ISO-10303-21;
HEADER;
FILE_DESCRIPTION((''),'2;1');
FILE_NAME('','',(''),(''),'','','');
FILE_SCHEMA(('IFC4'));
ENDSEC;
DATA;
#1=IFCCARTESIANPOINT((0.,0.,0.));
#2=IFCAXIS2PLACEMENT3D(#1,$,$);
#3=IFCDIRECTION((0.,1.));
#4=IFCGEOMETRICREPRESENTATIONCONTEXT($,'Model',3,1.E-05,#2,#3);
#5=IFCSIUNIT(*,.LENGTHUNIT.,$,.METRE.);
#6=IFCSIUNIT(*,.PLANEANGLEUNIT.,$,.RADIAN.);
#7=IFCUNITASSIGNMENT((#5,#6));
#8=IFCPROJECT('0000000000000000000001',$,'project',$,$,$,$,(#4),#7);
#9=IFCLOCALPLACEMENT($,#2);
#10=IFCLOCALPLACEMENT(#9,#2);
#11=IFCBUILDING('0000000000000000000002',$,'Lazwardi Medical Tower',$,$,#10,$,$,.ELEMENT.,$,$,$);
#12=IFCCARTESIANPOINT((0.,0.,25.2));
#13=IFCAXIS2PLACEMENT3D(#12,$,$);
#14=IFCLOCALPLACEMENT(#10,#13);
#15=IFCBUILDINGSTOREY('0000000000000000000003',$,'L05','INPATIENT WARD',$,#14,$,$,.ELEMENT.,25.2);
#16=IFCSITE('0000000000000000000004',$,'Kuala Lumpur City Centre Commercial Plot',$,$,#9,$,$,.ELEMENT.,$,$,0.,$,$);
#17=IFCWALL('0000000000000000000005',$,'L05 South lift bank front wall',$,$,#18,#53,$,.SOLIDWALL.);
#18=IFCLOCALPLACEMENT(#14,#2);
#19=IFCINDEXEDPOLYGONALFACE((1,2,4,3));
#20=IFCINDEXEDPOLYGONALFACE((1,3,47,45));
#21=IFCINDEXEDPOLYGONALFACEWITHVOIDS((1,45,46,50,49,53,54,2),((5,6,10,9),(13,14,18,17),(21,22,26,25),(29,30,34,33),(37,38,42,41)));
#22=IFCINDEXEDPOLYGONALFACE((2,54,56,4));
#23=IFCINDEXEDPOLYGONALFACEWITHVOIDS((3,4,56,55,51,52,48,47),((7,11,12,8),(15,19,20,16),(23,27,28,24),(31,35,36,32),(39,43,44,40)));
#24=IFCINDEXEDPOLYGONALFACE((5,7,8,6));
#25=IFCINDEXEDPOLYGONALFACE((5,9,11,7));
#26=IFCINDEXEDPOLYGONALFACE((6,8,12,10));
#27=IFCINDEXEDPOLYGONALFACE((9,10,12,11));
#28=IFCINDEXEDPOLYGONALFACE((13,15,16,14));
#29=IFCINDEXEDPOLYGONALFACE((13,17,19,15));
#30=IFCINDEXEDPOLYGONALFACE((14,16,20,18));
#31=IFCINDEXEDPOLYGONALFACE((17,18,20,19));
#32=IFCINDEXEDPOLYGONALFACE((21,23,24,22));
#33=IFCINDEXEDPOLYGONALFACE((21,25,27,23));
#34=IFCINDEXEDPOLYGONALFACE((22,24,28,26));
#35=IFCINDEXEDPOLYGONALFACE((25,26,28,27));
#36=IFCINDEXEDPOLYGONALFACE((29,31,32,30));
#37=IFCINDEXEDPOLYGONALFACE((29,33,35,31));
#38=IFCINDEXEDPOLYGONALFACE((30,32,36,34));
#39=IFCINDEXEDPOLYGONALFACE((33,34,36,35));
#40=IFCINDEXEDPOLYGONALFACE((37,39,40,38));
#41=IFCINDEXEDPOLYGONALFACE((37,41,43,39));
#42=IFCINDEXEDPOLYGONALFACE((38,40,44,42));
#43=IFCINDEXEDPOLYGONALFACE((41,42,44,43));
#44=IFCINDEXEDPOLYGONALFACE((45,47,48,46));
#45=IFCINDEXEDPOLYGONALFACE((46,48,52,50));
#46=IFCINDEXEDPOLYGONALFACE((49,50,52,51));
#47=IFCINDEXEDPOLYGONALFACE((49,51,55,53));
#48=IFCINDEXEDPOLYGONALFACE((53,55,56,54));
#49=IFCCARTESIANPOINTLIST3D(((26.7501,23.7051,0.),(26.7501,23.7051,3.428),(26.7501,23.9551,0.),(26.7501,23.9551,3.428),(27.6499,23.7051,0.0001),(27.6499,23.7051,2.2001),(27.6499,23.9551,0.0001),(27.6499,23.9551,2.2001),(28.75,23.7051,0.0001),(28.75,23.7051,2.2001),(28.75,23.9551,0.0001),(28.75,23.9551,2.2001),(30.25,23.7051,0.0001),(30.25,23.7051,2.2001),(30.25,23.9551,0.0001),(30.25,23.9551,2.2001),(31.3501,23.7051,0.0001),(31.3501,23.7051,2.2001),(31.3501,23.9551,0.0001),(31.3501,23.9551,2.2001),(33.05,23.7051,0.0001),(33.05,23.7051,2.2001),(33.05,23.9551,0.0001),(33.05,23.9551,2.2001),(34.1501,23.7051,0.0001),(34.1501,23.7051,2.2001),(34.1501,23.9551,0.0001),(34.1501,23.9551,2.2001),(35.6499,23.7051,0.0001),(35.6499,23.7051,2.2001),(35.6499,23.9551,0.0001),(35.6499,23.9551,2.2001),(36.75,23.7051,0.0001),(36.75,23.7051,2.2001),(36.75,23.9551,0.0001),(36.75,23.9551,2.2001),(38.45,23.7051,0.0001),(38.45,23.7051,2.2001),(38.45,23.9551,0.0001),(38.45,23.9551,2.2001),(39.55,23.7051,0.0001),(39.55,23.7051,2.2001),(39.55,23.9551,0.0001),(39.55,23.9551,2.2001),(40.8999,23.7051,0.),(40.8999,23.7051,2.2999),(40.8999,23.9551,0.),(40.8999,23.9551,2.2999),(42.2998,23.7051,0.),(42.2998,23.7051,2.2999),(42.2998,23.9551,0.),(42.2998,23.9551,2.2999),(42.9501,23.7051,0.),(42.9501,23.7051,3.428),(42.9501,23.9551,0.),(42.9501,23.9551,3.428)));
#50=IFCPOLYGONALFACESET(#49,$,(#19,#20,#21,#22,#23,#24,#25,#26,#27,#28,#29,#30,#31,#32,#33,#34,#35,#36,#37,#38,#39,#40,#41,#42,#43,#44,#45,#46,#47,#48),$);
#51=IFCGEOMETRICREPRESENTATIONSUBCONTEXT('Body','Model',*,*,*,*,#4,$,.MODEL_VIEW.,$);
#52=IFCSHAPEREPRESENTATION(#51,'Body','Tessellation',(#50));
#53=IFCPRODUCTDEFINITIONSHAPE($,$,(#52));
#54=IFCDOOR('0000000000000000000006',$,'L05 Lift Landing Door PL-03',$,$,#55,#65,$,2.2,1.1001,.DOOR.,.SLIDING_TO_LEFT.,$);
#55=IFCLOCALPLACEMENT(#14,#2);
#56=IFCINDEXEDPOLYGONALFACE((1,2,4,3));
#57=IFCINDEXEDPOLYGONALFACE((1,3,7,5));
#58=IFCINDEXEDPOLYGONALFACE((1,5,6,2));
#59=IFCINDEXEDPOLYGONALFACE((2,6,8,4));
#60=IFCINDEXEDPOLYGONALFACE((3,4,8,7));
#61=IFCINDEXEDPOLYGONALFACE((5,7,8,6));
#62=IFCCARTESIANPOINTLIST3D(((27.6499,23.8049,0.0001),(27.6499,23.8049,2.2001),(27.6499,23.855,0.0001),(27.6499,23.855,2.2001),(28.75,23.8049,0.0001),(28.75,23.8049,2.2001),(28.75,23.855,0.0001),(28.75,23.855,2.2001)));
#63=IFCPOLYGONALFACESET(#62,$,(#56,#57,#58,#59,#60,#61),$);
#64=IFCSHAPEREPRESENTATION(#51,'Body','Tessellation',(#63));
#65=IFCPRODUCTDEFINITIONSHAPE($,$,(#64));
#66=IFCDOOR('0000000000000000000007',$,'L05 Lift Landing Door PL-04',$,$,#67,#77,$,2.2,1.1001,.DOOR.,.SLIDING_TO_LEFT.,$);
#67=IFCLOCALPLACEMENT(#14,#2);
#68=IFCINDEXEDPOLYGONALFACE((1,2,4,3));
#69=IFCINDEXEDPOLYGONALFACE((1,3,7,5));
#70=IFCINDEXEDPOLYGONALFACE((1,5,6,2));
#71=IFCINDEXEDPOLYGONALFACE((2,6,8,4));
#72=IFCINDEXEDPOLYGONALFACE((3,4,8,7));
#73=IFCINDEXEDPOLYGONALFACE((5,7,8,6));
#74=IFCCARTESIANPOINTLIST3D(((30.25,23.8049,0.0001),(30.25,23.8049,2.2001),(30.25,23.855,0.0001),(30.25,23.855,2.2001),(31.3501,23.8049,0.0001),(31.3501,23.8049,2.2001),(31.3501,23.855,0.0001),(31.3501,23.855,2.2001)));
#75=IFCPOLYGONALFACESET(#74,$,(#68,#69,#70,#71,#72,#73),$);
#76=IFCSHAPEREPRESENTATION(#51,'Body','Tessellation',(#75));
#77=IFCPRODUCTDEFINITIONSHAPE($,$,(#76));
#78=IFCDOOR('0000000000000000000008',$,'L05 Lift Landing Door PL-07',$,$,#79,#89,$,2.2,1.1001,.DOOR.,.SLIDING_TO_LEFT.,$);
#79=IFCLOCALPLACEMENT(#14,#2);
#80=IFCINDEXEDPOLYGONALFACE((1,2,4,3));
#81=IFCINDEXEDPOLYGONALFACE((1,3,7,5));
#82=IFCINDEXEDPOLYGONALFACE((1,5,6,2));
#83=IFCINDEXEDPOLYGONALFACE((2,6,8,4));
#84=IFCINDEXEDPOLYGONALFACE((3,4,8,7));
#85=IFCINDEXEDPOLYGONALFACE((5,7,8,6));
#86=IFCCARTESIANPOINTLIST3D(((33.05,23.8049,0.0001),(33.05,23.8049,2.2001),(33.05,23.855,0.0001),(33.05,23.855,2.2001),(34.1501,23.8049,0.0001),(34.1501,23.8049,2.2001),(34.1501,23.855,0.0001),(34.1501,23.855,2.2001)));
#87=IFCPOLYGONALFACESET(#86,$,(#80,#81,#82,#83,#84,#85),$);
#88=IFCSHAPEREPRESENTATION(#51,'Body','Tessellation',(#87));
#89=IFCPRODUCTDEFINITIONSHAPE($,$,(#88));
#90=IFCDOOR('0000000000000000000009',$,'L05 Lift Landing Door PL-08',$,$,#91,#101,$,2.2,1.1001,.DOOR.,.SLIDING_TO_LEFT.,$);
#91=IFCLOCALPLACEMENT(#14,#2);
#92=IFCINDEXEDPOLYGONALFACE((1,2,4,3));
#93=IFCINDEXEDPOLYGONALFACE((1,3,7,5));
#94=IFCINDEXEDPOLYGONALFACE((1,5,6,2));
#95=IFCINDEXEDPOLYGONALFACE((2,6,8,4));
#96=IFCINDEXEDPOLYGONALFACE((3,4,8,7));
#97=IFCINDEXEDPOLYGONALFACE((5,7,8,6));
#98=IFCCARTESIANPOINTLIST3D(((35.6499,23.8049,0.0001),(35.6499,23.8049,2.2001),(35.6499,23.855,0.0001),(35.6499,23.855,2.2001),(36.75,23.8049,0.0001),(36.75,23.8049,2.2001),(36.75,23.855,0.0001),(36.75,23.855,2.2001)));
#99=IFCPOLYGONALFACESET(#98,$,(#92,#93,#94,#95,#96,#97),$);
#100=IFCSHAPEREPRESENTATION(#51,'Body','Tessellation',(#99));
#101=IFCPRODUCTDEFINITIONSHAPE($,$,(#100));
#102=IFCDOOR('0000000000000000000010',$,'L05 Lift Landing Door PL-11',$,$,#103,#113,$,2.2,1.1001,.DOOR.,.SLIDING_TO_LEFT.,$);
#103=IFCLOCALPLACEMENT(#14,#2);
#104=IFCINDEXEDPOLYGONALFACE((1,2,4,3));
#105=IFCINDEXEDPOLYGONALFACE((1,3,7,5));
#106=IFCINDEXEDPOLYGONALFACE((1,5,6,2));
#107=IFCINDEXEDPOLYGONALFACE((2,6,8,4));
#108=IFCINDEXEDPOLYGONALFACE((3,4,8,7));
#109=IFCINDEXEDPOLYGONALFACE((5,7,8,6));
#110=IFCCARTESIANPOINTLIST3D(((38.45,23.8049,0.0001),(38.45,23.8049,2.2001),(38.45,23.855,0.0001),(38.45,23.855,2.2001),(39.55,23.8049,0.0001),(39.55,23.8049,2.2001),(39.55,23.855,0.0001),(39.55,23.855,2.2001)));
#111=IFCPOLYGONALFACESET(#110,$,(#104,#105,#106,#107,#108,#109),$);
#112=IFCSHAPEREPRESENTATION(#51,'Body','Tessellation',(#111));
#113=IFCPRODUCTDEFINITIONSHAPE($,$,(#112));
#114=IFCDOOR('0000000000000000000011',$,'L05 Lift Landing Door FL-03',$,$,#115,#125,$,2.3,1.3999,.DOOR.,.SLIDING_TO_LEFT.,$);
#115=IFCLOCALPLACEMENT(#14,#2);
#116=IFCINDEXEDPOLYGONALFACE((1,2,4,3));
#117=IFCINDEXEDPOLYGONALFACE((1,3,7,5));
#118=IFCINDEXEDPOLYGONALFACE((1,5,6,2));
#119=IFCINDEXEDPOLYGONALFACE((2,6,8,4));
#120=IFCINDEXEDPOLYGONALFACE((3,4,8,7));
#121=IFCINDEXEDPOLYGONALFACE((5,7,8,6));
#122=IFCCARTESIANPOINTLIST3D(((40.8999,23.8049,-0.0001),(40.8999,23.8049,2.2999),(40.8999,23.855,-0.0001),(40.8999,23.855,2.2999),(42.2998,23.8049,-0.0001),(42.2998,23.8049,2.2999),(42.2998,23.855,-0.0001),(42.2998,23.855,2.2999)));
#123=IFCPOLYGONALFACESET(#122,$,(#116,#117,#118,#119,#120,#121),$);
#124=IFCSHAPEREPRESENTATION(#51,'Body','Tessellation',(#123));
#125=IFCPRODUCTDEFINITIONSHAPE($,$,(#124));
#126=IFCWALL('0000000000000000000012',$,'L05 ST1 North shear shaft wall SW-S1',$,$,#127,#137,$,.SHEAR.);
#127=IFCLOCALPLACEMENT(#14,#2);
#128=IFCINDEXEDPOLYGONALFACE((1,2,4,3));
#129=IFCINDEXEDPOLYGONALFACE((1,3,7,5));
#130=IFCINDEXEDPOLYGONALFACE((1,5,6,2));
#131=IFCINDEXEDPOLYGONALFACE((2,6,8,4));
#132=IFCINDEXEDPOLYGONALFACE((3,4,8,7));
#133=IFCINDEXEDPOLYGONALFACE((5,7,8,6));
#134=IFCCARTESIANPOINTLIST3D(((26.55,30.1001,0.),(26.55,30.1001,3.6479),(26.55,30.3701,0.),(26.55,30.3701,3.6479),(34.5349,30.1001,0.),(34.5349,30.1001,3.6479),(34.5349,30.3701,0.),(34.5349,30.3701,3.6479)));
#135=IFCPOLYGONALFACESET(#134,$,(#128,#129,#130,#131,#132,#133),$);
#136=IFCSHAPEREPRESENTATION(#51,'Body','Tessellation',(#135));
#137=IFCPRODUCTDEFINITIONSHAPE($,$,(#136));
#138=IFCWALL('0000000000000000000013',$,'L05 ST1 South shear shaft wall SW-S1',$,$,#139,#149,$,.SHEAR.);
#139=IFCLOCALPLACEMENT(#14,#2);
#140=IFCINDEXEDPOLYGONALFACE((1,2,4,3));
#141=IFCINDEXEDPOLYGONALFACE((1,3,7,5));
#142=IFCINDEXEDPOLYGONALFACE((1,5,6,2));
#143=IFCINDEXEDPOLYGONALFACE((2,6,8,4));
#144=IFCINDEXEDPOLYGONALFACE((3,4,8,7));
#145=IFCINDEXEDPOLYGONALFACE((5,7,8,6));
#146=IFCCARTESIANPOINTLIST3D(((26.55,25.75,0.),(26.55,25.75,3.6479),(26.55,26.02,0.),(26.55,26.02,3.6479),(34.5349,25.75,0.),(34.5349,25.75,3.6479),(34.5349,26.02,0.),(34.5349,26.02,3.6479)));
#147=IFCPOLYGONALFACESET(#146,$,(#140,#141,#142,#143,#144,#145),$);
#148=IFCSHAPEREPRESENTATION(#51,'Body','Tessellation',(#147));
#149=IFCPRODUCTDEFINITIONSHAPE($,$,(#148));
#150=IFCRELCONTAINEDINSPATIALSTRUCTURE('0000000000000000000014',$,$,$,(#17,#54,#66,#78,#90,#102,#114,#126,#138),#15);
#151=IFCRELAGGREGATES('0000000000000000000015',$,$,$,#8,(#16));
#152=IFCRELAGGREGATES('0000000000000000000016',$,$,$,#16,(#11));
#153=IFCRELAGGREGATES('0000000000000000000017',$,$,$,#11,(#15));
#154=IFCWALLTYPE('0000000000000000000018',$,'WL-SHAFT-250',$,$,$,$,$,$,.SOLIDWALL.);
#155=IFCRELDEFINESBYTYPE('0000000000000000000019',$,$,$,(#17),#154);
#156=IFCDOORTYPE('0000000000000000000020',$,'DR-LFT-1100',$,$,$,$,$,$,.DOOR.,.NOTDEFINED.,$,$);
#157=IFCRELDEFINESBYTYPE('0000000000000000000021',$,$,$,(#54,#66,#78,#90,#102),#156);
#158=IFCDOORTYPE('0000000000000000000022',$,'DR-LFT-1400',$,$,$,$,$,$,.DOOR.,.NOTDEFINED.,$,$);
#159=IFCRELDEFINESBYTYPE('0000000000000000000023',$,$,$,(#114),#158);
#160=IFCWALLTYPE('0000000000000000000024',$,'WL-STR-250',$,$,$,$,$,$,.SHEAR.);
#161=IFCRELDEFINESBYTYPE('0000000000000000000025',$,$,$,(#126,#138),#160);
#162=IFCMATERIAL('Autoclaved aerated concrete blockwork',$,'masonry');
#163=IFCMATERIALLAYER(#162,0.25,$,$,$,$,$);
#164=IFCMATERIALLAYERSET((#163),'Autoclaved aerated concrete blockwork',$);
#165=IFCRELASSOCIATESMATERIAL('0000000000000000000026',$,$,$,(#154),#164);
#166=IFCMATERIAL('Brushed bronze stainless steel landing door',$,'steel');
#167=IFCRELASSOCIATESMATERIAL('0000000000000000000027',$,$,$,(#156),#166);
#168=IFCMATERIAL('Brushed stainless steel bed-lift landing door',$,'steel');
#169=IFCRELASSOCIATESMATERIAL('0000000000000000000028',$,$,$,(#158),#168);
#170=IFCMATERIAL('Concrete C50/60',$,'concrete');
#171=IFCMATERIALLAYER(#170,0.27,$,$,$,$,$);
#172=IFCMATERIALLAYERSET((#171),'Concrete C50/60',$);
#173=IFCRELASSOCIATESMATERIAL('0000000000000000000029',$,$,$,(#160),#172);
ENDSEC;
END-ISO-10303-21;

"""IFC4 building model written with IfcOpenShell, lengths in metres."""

from ifc_helpers import new_model, si_unit, direction, frame, frame_2d, origin, place, context, subcontext, project, spatial, rectangle, extrude, material, layer, layer_set, type_object, element, fill, save


model = new_model("IFC4")

# Units and contexts
model_context = context("Model", 3, precision=1e-05, world=origin(), true_north=direction((0.0, 1.0)))
body_context = subcontext(model_context, "Body", "Model", "MODEL_VIEW")
ifc_project = project(units=[si_unit("LENGTHUNIT", "METRE"), si_unit("PLANEANGLEUNIT", "RADIAN")], contexts=[model_context])

# Site, building, storey
site_placement = place(None, origin())
site = spatial("IfcSite", under=ifc_project, at=site_placement, Name="Kuala Lumpur City Centre Commercial Plot", CompositionType="ELEMENT", RefElevation=0.0)
building_placement = place(site_placement, origin())
building = spatial("IfcBuilding", under=site, at=building_placement, Name="Lazwardi Medical Tower", CompositionType="ELEMENT")
storey_placement = place(building_placement, frame((0.0, 0.0, 25.2)))
storey = spatial("IfcBuildingStorey", under=building, at=storey_placement, Name="L05", Description="INPATIENT WARD", CompositionType="ELEMENT", Elevation=25.2)

# Wall, openings, doors
ifc_material_1 = material(Name="Autoclaved aerated concrete blockwork", Category="masonry")
ifc_layer_1 = layer(ifc_material_1, 0.25)
ifc_layer_set_1 = layer_set([ifc_layer_1], Name="Autoclaved aerated concrete blockwork")
wall_type_1 = type_object("IfcWallType", Name="WL-SHAFT-250", PredefinedType="SOLIDWALL", material=ifc_layer_set_1)
wall_1_placement = place(storey_placement, frame((26.75, 23.8301, 0.0), z_axis=(0.0, 0.0, 1.0), x_axis=(1.0, 0.0, 0.0)))
wall_1 = element("IfcWall", 1, at=wall_1_placement, inside=storey, type_object=wall_type_1, Name="L05 South lift bank front wall", PredefinedType="SOLIDWALL", context=body_context, shape_type="SweptSolid", body=[
    extrude(rectangle(XDim=16.2, YDim=0.25, at=frame_2d((8.1001, 0.0))), origin(), (0.0, 0.0, 1.0), 3.428),
])
opening_1_placement = place(wall_1_placement, frame((0.8999, 0.0, 0.0)))
opening_1 = element("IfcOpeningElement", 2, at=opening_1_placement, cuts=wall_1, PredefinedType="OPENING", context=body_context, shape_type="SweptSolid", body=[
    extrude(rectangle(XDim=1.1001, YDim=2.2, at=frame_2d((0.55, 1.1001))), frame((0.0, 0.135, 0.0), z_axis=(0.0, -1.0, 0.0), x_axis=(1.0, 0.0, 0.0)), (0.0, 0.0, 1.0), 0.27),
])
opening_2_placement = place(wall_1_placement, frame((3.5, 0.0, 0.0)))
opening_2 = element("IfcOpeningElement", 3, at=opening_2_placement, cuts=wall_1, PredefinedType="OPENING", context=body_context, shape_type="SweptSolid", body=[
    extrude(rectangle(XDim=1.1001, YDim=2.2, at=frame_2d((0.55, 1.1001))), frame((0.0, 0.135, 0.0), z_axis=(0.0, -1.0, 0.0), x_axis=(1.0, 0.0, 0.0)), (0.0, 0.0, 1.0), 0.27),
])
opening_3_placement = place(wall_1_placement, frame((6.3, 0.0, 0.0)))
opening_3 = element("IfcOpeningElement", 4, at=opening_3_placement, cuts=wall_1, PredefinedType="OPENING", context=body_context, shape_type="SweptSolid", body=[
    extrude(rectangle(XDim=1.1001, YDim=2.2, at=frame_2d((0.55, 1.1001))), frame((0.0, 0.135, 0.0), z_axis=(0.0, -1.0, 0.0), x_axis=(1.0, 0.0, 0.0)), (0.0, 0.0, 1.0), 0.27),
])
opening_4_placement = place(wall_1_placement, frame((8.8999, 0.0, 0.0)))
opening_4 = element("IfcOpeningElement", 5, at=opening_4_placement, cuts=wall_1, PredefinedType="OPENING", context=body_context, shape_type="SweptSolid", body=[
    extrude(rectangle(XDim=1.1001, YDim=2.2, at=frame_2d((0.55, 1.1001))), frame((0.0, 0.135, 0.0), z_axis=(0.0, -1.0, 0.0), x_axis=(1.0, 0.0, 0.0)), (0.0, 0.0, 1.0), 0.27),
])
opening_5_placement = place(wall_1_placement, frame((11.7, 0.0, 0.0)))
opening_5 = element("IfcOpeningElement", 6, at=opening_5_placement, cuts=wall_1, PredefinedType="OPENING", context=body_context, shape_type="SweptSolid", body=[
    extrude(rectangle(XDim=1.1001, YDim=2.2, at=frame_2d((0.55, 1.1001))), frame((0.0, 0.135, 0.0), z_axis=(0.0, -1.0, 0.0), x_axis=(1.0, 0.0, 0.0)), (0.0, 0.0, 1.0), 0.27),
])
opening_6_placement = place(wall_1_placement, frame((14.1499, 0.0, 0.0)))
opening_6 = element("IfcOpeningElement", 7, at=opening_6_placement, cuts=wall_1, PredefinedType="OPENING", context=body_context, shape_type="SweptSolid", body=[
    extrude(rectangle(XDim=1.3999, YDim=2.3, at=frame_2d((0.7, 1.1499))), frame((0.0, 0.135, 0.0), z_axis=(0.0, -1.0, 0.0), x_axis=(1.0, 0.0, 0.0)), (0.0, 0.0, 1.0), 0.27),
])
ifc_material_2 = material(Name="Brushed bronze stainless steel landing door", Category="steel")
door_type_1 = type_object("IfcDoorType", Name="DR-LFT-1100", OperationType="NOTDEFINED", PredefinedType="DOOR", material=ifc_material_2)
door_1_placement = place(opening_1_placement, origin())
door_1 = element("IfcDoor", 8, at=door_1_placement, inside=storey, type_object=door_type_1, Name="L05 Lift Landing Door PL-03", OperationType="SLIDING_TO_LEFT", OverallHeight=2.2, OverallWidth=1.1001, PredefinedType="DOOR", context=body_context, shape_type="SweptSolid", body=[
    extrude(rectangle(XDim=1.1001, YDim=2.2, at=frame_2d((0.55, 1.1001))), frame((0.0, 0.0249, 0.0), z_axis=(0.0, -1.0, 0.0), x_axis=(1.0, 0.0, 0.0)), (0.0, 0.0, 1.0), 0.05),
])
fill(opening_1, door_1)
door_2_placement = place(opening_2_placement, origin())
door_2 = element("IfcDoor", 9, at=door_2_placement, inside=storey, type_object=door_type_1, Name="L05 Lift Landing Door PL-04", OperationType="SLIDING_TO_LEFT", OverallHeight=2.2, OverallWidth=1.1001, PredefinedType="DOOR", context=body_context, shape_type="SweptSolid", body=[
    extrude(rectangle(XDim=1.1001, YDim=2.2, at=frame_2d((0.55, 1.1001))), frame((0.0, 0.0249, 0.0), z_axis=(0.0, -1.0, 0.0), x_axis=(1.0, 0.0, 0.0)), (0.0, 0.0, 1.0), 0.05),
])
fill(opening_2, door_2)
door_3_placement = place(opening_3_placement, origin())
door_3 = element("IfcDoor", 10, at=door_3_placement, inside=storey, type_object=door_type_1, Name="L05 Lift Landing Door PL-07", OperationType="SLIDING_TO_LEFT", OverallHeight=2.2, OverallWidth=1.1001, PredefinedType="DOOR", context=body_context, shape_type="SweptSolid", body=[
    extrude(rectangle(XDim=1.1001, YDim=2.2, at=frame_2d((0.55, 1.1001))), frame((0.0, 0.0249, 0.0), z_axis=(0.0, -1.0, 0.0), x_axis=(1.0, 0.0, 0.0)), (0.0, 0.0, 1.0), 0.05),
])
fill(opening_3, door_3)
door_4_placement = place(opening_4_placement, origin())
door_4 = element("IfcDoor", 11, at=door_4_placement, inside=storey, type_object=door_type_1, Name="L05 Lift Landing Door PL-08", OperationType="SLIDING_TO_LEFT", OverallHeight=2.2, OverallWidth=1.1001, PredefinedType="DOOR", context=body_context, shape_type="SweptSolid", body=[
    extrude(rectangle(XDim=1.1001, YDim=2.2, at=frame_2d((0.55, 1.1001))), frame((0.0, 0.0249, 0.0), z_axis=(0.0, -1.0, 0.0), x_axis=(1.0, 0.0, 0.0)), (0.0, 0.0, 1.0), 0.05),
])
fill(opening_4, door_4)
door_5_placement = place(opening_5_placement, origin())
door_5 = element("IfcDoor", 12, at=door_5_placement, inside=storey, type_object=door_type_1, Name="L05 Lift Landing Door PL-11", OperationType="SLIDING_TO_LEFT", OverallHeight=2.2, OverallWidth=1.1001, PredefinedType="DOOR", context=body_context, shape_type="SweptSolid", body=[
    extrude(rectangle(XDim=1.1001, YDim=2.2, at=frame_2d((0.55, 1.1001))), frame((0.0, 0.0249, 0.0), z_axis=(0.0, -1.0, 0.0), x_axis=(1.0, 0.0, 0.0)), (0.0, 0.0, 1.0), 0.05),
])
fill(opening_5, door_5)
ifc_material_3 = material(Name="Brushed stainless steel bed-lift landing door", Category="steel")
door_type_2 = type_object("IfcDoorType", Name="DR-LFT-1400", OperationType="NOTDEFINED", PredefinedType="DOOR", material=ifc_material_3)
door_6_placement = place(opening_6_placement, origin())
door_6 = element("IfcDoor", 13, at=door_6_placement, inside=storey, type_object=door_type_2, Name="L05 Lift Landing Door FL-03", OperationType="SLIDING_TO_LEFT", OverallHeight=2.3, OverallWidth=1.3999, PredefinedType="DOOR", context=body_context, shape_type="SweptSolid", body=[
    extrude(rectangle(XDim=1.3999, YDim=2.3, at=frame_2d((0.7, 1.1499))), frame((0.0, 0.0249, 0.0), z_axis=(0.0, -1.0, 0.0), x_axis=(1.0, 0.0, 0.0)), (0.0, 0.0, 1.0), 0.05),
])
fill(opening_6, door_6)

# Walls
ifc_material_4 = material(Name="Concrete C50/60", Category="concrete")
ifc_layer_2 = layer(ifc_material_4, 0.27)
ifc_layer_set_2 = layer_set([ifc_layer_2], Name="Concrete C50/60")
wall_type_2 = type_object("IfcWallType", Name="WL-STR-250", PredefinedType="SHEAR", material=ifc_layer_set_2)
for number, where, z_axis, x_axis, name in (
    (14, (26.55, 30.2351, 0.0), (0.0, 0.0, 1.0), (1.0, 0.0, 0.0), "L05 ST1 North shear shaft wall SW-S1"),
    (15, (26.55, 25.885, 0.0), (0.0, 0.0, 1.0), (1.0, 0.0, 0.0), "L05 ST1 South shear shaft wall SW-S1"),
):
    element("IfcWall", number, at=place(storey_placement, frame(where, z_axis=z_axis, x_axis=x_axis)), inside=storey, type_object=wall_type_2, Name=name, PredefinedType="SHEAR", context=body_context, shape_type="SweptSolid", body=[
        extrude(rectangle(XDim=7.9849, YDim=0.27, at=frame_2d((3.9924, 0.0))), origin(), (0.0, 0.0, 1.0), 3.6479),
    ])

save(model, "model.ifc")
